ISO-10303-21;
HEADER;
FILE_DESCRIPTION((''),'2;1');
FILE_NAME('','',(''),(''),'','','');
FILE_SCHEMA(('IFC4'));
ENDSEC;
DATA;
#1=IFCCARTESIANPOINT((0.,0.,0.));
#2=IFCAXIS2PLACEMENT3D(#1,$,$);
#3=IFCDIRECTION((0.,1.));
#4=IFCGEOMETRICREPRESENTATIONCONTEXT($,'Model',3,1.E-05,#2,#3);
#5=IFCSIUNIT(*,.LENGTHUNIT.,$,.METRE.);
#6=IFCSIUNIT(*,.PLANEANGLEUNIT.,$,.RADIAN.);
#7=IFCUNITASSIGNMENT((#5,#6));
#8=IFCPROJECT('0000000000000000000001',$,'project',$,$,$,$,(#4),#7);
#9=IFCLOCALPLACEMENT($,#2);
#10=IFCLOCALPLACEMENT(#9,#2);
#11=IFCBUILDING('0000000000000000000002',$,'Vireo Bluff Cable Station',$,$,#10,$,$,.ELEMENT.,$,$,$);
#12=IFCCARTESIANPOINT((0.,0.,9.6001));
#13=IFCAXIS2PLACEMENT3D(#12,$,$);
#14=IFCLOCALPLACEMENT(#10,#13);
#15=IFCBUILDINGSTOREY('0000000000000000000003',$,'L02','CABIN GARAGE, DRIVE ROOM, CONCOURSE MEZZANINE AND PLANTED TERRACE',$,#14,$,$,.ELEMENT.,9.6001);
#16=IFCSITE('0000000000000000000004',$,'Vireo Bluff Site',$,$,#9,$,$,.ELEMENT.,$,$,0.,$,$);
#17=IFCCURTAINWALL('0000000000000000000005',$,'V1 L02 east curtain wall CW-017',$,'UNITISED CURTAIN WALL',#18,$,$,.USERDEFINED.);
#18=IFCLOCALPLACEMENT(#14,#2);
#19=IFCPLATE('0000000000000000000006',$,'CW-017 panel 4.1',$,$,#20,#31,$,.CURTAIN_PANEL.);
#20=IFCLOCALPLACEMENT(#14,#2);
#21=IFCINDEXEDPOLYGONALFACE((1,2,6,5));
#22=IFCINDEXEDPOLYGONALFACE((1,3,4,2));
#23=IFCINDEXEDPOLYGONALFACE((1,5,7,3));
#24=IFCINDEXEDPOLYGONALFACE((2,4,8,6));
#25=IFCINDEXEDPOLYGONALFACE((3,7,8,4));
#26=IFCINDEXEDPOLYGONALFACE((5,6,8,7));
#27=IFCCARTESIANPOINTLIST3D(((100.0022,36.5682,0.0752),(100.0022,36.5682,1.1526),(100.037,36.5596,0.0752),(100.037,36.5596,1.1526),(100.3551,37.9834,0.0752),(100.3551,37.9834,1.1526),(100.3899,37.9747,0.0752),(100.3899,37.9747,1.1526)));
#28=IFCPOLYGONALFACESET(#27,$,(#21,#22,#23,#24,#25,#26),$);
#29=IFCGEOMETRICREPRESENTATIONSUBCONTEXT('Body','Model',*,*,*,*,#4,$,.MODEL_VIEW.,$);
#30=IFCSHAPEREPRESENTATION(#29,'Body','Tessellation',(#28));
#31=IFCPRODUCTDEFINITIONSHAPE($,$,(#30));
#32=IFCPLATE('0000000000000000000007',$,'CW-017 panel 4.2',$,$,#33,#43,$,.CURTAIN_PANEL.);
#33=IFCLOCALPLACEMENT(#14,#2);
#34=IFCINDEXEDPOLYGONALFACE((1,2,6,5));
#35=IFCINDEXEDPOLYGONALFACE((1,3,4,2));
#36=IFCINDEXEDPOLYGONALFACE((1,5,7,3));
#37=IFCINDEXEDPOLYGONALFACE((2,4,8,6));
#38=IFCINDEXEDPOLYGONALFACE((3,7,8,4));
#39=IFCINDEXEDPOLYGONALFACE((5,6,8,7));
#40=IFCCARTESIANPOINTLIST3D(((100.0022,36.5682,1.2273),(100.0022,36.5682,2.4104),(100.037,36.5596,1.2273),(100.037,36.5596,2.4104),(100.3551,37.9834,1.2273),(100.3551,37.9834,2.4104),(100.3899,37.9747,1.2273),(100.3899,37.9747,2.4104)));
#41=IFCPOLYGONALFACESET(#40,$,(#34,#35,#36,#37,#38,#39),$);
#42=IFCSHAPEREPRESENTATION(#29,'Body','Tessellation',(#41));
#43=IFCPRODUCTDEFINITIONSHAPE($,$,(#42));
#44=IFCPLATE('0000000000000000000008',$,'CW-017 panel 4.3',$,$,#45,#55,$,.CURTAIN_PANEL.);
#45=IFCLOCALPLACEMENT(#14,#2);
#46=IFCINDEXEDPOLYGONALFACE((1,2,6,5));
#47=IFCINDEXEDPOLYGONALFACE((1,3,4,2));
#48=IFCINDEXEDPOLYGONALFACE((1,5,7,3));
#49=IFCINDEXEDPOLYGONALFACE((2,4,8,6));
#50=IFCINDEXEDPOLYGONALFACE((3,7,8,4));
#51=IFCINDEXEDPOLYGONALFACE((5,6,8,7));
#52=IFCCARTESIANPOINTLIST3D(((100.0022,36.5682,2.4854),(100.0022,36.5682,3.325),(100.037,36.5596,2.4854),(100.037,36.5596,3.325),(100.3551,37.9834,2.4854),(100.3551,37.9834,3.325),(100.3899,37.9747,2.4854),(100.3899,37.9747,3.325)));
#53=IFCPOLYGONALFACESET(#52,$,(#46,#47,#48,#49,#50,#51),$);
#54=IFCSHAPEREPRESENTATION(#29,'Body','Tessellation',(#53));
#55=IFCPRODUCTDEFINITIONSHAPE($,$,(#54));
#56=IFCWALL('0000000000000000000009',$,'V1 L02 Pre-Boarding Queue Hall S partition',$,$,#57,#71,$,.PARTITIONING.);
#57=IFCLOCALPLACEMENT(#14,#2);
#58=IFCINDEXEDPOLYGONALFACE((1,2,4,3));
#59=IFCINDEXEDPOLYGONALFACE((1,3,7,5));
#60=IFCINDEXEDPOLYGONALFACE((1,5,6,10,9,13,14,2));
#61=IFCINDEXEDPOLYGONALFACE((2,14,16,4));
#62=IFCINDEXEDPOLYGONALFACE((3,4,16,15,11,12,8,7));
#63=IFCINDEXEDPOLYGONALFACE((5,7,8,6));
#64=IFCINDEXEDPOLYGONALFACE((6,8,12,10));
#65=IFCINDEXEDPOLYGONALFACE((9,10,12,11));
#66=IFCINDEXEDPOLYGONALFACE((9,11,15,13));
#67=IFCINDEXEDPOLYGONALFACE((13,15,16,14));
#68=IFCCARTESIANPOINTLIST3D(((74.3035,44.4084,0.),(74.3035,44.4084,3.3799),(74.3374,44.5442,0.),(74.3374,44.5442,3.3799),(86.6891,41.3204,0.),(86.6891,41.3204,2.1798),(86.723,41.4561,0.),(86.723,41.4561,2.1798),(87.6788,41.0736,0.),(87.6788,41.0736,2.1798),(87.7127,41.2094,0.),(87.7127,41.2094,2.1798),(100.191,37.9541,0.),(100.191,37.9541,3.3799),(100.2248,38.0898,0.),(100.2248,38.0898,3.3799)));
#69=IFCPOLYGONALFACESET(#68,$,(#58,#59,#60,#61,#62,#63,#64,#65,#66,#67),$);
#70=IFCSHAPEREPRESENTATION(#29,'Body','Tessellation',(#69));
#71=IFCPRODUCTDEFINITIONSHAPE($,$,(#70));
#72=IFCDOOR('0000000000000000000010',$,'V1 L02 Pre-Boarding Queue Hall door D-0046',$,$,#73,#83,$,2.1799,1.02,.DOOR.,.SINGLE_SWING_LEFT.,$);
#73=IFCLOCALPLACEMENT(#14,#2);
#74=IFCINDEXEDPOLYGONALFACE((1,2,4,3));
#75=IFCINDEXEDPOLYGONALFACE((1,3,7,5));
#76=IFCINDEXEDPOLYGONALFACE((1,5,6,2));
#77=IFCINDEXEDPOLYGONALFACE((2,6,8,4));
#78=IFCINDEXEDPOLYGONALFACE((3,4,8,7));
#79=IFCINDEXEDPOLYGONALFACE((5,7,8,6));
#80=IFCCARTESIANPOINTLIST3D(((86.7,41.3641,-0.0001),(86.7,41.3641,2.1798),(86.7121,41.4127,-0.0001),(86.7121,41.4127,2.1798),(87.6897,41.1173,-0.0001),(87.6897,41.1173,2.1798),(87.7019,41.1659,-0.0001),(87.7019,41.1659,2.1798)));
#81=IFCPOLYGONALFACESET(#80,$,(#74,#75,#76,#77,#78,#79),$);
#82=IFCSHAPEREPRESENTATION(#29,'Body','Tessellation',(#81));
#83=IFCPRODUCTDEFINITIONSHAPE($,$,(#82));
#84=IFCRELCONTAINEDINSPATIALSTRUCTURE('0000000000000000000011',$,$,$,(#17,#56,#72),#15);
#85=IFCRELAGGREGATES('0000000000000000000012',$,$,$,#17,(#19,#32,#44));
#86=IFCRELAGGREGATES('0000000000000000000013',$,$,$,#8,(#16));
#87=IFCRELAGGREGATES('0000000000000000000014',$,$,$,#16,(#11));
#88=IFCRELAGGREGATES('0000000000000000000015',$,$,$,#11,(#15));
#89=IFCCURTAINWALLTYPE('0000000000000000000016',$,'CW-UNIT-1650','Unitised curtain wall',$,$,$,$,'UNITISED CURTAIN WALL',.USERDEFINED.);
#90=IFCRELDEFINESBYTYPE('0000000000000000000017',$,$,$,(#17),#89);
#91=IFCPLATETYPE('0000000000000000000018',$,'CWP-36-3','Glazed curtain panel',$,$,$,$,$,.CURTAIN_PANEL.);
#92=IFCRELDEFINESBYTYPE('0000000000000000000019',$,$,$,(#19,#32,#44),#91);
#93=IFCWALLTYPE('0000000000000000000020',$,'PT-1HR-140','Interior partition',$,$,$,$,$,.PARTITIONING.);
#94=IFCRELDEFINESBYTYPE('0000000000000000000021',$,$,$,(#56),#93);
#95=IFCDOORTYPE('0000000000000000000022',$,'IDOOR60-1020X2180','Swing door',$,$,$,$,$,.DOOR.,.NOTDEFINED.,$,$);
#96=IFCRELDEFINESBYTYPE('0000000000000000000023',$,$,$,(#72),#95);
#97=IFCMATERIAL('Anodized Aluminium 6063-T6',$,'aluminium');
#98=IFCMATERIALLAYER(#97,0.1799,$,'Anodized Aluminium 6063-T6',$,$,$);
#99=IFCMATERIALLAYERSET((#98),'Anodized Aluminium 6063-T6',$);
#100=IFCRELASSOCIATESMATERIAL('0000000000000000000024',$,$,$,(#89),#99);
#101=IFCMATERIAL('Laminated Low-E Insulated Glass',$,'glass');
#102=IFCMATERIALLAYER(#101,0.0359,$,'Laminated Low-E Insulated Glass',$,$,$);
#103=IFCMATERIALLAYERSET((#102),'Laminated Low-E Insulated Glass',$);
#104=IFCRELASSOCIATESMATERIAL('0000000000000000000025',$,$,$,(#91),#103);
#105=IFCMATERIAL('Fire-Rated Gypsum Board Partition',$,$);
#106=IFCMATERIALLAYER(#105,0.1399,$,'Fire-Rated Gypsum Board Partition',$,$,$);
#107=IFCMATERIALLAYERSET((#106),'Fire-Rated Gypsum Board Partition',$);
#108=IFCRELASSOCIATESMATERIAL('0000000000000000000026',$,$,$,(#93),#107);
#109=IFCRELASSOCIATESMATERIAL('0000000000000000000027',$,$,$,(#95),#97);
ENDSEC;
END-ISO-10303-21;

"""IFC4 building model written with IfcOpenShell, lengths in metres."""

from ifc_helpers import new_model, si_unit, direction, frame, frame_2d, origin, origin_with_axes, origin_2d, place, context, subcontext, project, spatial, rectangle, extrude, material, layer, layer_set, type_object, element, fill, aggregate, save


model = new_model("IFC4")

# Units and contexts
model_context = context("Model", 3, precision=1e-05, world=origin(), true_north=direction((0.0, 1.0)))
body_context = subcontext(model_context, "Body", "Model", "MODEL_VIEW")
ifc_project = project(units=[si_unit("LENGTHUNIT", "METRE"), si_unit("PLANEANGLEUNIT", "RADIAN")], contexts=[model_context])

# Site, building, storey
site_placement = place(None, origin())
site = spatial("IfcSite", under=ifc_project, at=site_placement, Name="Vireo Bluff Site", CompositionType="ELEMENT", RefElevation=0.0)
building_placement = place(site_placement, origin())
building = spatial("IfcBuilding", under=site, at=building_placement, Name="Vireo Bluff Cable Station", CompositionType="ELEMENT")
storey_placement = place(building_placement, frame((0.0, 0.0, 9.6001)))
storey = spatial("IfcBuildingStorey", under=building, at=storey_placement, Name="L02", Description="CABIN GARAGE, DRIVE ROOM, CONCOURSE MEZZANINE AND PLANTED TERRACE", CompositionType="ELEMENT", Elevation=9.6001)

# Curtain wall
ifc_material_1 = material(Name="Anodized Aluminium 6063-T6", Category="aluminium")
ifc_layer_1 = layer(ifc_material_1, 0.1799, Name="Anodized Aluminium 6063-T6")
ifc_layer_set_1 = layer_set([ifc_layer_1], Name="Anodized Aluminium 6063-T6")
curtain_wall_type = type_object("IfcCurtainWallType", Name="CW-UNIT-1650", Description="Unitised curtain wall", ElementType="UNITISED CURTAIN WALL", PredefinedType="USERDEFINED", material=ifc_layer_set_1)
curtain_wall_placement = place(storey_placement, origin())
curtain_wall = element("IfcCurtainWall", 1, at=curtain_wall_placement, inside=storey, type_object=curtain_wall_type, Name="V1 L02 east curtain wall CW-017", ObjectType="UNITISED CURTAIN WALL", PredefinedType="USERDEFINED")

# Plates
ifc_material_2 = material(Name="Laminated Low-E Insulated Glass", Category="glass")
ifc_layer_2 = layer(ifc_material_2, 0.0359, Name="Laminated Low-E Insulated Glass")
ifc_layer_set_2 = layer_set([ifc_layer_2], Name="Laminated Low-E Insulated Glass")
plate_type = type_object("IfcPlateType", Name="CWP-36-3", Description="Glazed curtain panel", PredefinedType="CURTAIN_PANEL", material=ifc_layer_set_2)
plate_1_placement = place(storey_placement, frame((100.196, 37.2715, 0.0752), z_axis=(0.0, 0.0, 1.0), x_axis=(-0.241922, -0.970296, 0.0)))
plate_1 = element("IfcPlate", 2, at=plate_1_placement, type_object=plate_type, Name="CW-017 panel 4.1", PredefinedType="CURTAIN_PANEL", context=body_context, shape_type="SweptSolid", body=[
    extrude(rectangle(XDim=1.4585, YDim=0.0359, at=origin_2d()), origin(), (0.0, 0.0, 1.0), 1.0774),
])
plate_2_placement = place(storey_placement, frame((100.196, 37.2715, 1.2273), z_axis=(0.0, 0.0, 1.0), x_axis=(-0.241922, -0.970296, 0.0)))
plate_2 = element("IfcPlate", 3, at=plate_2_placement, type_object=plate_type, Name="CW-017 panel 4.2", PredefinedType="CURTAIN_PANEL", context=body_context, shape_type="SweptSolid", body=[
    extrude(rectangle(XDim=1.4585, YDim=0.0359, at=origin_2d()), origin(), (0.0, 0.0, 1.0), 1.1831),
])
plate_3_placement = place(storey_placement, frame((100.196, 37.2715, 2.4854), z_axis=(0.0, 0.0, 1.0), x_axis=(-0.241922, -0.970296, 0.0)))
plate_3 = element("IfcPlate", 4, at=plate_3_placement, type_object=plate_type, Name="CW-017 panel 4.3", PredefinedType="CURTAIN_PANEL", context=body_context, shape_type="SweptSolid", body=[
    extrude(rectangle(XDim=1.4585, YDim=0.0359, at=origin_2d()), origin(), (0.0, 0.0, 1.0), 0.8396),
])
aggregate(curtain_wall, [plate_1, plate_2, plate_3])

# Wall, opening, door
ifc_material_3 = material(Name="Fire-Rated Gypsum Board Partition")
ifc_layer_3 = layer(ifc_material_3, 0.1399, Name="Fire-Rated Gypsum Board Partition")
ifc_layer_set_3 = layer_set([ifc_layer_3], Name="Fire-Rated Gypsum Board Partition")
wall_type = type_object("IfcWallType", Name="PT-1HR-140", Description="Interior partition", PredefinedType="PARTITIONING", material=ifc_layer_set_3)
wall_placement = place(storey_placement, frame((100.2078, 38.022, 0.0), z_axis=(0.0, 0.0, 1.0), x_axis=(-0.970297, 0.241918, 0.0)))
wall = element("IfcWall", 5, at=wall_placement, inside=storey, type_object=wall_type, Name="V1 L02 Pre-Boarding Queue Hall S partition", PredefinedType="PARTITIONING", context=body_context, shape_type="SweptSolid", body=[
    extrude(rectangle(XDim=26.6799, YDim=0.1399, at=frame_2d((13.3398, 0.0))), origin(), (0.0, 0.0, 1.0), 3.3799),
])
opening_placement = place(wall_placement, frame((12.895, 0.0, 0.0)))
opening = element("IfcOpeningElement", 6, at=opening_placement, cuts=wall, PredefinedType="OPENING", context=body_context, shape_type="SweptSolid", body=[
    extrude(rectangle(XDim=1.02, YDim=2.1799, at=frame_2d((0.51, 1.0898))), frame((0.0, 0.0801, 0.0), z_axis=(0.0, -1.0, 0.0), x_axis=(1.0, 0.0, 0.0)), (0.0, 0.0, 1.0), 0.1599),
])
door_type = type_object("IfcDoorType", Name="IDOOR60-1020X2180", Description="Swing door", OperationType="NOTDEFINED", PredefinedType="DOOR", material=ifc_material_1)
door_placement = place(opening_placement, origin_with_axes())
door = element("IfcDoor", 7, at=door_placement, inside=storey, type_object=door_type, Name="V1 L02 Pre-Boarding Queue Hall door D-0046", OperationType="SINGLE_SWING_LEFT", OverallHeight=2.1799, OverallWidth=1.02, PredefinedType="DOOR", context=body_context, shape_type="SweptSolid", body=[
    extrude(rectangle(XDim=1.02, YDim=2.1799, at=frame_2d((0.51, 1.0898))), frame((0.0, 0.0249, 0.0), z_axis=(0.0, -1.0, 0.0), x_axis=(1.0, 0.0, 0.0)), (0.0, 0.0, 1.0), 0.05),
])
fill(opening, door)

save(model, "model.ifc")
